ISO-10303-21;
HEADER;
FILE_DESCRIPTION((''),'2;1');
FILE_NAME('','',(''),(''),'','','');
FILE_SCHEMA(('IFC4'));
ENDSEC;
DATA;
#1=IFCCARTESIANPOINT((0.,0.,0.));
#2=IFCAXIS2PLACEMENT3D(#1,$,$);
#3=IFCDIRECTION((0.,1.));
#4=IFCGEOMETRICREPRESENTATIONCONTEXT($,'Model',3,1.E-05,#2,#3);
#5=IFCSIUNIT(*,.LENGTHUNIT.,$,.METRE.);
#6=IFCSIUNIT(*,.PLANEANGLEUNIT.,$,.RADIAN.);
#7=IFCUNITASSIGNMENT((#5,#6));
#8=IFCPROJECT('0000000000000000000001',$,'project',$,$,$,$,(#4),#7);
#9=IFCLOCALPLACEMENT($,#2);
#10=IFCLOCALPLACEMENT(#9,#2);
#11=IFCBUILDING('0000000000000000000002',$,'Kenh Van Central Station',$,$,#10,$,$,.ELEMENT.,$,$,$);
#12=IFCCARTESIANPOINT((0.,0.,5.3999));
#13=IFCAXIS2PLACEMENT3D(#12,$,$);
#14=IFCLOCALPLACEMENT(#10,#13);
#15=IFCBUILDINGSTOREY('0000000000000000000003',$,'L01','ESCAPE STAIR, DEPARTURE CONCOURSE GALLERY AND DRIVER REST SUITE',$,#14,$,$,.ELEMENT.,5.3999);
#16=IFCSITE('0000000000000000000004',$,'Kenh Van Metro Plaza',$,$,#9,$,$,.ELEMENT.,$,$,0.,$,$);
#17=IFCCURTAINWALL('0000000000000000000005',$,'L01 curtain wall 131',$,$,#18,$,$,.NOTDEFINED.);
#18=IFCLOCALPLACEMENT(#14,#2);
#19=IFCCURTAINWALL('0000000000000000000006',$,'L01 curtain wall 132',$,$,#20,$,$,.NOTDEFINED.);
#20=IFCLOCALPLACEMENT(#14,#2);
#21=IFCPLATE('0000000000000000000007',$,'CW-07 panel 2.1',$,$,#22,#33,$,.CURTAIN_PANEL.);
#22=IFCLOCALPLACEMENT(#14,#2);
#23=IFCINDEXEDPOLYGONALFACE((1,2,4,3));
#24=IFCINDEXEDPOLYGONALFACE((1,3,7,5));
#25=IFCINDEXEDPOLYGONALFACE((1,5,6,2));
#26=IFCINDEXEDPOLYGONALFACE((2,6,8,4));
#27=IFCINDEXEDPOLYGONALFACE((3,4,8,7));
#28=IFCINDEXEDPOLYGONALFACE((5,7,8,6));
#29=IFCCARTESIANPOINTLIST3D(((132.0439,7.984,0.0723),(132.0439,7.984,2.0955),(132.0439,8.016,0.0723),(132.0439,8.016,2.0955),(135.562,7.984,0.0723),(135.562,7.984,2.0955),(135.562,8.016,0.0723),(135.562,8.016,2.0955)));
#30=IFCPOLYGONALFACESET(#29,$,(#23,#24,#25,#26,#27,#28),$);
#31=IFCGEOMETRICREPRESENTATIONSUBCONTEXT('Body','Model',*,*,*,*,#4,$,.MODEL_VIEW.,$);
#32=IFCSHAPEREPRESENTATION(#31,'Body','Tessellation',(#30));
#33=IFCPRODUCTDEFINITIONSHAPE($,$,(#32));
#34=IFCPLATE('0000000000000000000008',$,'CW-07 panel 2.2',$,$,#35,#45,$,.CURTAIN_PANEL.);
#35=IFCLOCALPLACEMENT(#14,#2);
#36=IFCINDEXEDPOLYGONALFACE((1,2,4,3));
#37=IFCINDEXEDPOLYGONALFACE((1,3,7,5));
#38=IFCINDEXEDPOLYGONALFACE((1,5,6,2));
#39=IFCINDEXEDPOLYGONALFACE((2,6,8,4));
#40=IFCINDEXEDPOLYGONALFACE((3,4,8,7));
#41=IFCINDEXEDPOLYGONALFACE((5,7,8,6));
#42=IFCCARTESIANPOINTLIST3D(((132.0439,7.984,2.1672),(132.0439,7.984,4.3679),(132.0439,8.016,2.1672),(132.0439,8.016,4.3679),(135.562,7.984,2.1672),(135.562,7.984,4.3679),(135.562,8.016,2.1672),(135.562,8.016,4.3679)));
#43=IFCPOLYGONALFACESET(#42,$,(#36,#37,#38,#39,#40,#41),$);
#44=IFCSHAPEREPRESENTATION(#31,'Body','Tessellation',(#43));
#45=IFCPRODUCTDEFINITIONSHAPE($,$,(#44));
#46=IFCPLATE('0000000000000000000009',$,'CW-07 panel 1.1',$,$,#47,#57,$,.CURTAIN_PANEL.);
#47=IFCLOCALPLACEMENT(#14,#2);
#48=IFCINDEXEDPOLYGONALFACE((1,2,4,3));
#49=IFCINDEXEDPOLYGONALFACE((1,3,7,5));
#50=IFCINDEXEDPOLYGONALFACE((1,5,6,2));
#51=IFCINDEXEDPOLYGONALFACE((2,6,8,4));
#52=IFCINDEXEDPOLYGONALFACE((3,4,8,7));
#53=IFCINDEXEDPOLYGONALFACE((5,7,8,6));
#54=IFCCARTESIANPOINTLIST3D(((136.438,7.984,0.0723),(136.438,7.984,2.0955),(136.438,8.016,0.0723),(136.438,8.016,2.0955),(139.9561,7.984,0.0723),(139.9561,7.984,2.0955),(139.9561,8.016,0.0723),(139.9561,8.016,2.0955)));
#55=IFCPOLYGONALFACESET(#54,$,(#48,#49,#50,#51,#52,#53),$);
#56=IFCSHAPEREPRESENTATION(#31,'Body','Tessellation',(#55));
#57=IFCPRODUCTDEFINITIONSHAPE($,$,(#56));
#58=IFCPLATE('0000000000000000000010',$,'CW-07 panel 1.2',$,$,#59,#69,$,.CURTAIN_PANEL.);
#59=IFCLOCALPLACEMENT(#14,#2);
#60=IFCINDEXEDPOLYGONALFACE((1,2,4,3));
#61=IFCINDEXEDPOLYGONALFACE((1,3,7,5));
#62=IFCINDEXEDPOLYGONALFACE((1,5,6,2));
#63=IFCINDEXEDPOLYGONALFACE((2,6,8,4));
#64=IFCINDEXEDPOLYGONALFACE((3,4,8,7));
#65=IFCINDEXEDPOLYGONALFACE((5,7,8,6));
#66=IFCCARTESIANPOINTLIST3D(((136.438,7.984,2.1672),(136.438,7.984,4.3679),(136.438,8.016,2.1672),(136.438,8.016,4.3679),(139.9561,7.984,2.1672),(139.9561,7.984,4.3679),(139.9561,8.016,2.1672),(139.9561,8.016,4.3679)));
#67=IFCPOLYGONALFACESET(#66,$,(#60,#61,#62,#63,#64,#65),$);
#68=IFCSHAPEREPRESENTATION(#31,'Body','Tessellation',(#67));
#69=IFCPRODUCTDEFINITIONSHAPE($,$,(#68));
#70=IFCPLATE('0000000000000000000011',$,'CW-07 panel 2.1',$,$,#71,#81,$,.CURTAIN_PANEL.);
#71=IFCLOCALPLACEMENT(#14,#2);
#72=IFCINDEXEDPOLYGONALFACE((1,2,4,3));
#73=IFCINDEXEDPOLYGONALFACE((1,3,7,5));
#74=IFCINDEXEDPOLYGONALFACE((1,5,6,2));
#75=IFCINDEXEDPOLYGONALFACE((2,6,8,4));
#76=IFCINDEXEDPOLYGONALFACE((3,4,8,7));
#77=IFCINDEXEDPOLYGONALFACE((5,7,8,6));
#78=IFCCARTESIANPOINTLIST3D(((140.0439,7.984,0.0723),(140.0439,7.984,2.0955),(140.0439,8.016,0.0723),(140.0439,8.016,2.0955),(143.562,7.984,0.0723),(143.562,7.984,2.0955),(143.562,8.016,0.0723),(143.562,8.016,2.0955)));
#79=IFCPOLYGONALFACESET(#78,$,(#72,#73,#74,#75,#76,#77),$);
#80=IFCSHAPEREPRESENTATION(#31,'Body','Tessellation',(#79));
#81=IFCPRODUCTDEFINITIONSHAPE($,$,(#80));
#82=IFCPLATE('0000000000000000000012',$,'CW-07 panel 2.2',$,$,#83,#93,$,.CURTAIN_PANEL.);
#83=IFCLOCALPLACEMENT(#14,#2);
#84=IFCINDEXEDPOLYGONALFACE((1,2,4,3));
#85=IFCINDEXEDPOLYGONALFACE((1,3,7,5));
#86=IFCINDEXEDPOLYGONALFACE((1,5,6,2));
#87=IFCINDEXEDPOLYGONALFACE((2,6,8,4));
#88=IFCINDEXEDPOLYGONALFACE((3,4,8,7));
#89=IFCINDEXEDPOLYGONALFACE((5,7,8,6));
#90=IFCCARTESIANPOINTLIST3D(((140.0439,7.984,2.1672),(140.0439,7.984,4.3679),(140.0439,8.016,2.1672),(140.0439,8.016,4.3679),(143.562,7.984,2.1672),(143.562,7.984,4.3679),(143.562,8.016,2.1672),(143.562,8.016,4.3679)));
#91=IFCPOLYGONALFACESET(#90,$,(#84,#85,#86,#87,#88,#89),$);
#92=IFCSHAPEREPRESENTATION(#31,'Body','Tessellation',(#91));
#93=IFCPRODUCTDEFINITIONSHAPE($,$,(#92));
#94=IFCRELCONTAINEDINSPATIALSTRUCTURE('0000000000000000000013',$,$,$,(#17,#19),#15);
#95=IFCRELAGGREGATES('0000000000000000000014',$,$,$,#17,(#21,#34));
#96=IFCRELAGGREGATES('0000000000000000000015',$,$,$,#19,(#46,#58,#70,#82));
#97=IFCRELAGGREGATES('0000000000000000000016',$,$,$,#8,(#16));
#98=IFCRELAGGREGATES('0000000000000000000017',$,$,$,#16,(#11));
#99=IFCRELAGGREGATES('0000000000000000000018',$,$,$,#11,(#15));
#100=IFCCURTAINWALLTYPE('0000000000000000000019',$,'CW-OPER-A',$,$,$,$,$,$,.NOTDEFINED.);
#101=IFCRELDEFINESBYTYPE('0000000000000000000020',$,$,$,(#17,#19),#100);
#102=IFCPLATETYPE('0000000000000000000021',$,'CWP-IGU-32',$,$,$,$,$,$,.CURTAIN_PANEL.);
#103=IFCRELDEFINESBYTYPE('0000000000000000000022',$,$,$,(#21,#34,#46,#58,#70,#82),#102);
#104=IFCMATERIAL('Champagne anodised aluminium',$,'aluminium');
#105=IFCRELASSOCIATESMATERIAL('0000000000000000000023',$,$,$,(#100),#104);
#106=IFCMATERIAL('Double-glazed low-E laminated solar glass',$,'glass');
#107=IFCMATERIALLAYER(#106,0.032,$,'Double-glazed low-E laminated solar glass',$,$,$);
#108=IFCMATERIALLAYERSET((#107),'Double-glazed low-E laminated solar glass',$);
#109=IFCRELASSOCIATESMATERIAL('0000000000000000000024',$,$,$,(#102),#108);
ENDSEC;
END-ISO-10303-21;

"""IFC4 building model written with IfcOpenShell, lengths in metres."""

from ifc_helpers import new_model, si_unit, direction, frame, origin, origin_2d, place, context, subcontext, project, spatial, rectangle, extrude, material, layer, layer_set, type_object, element, aggregate, save


model = new_model("IFC4")

# Units and contexts
model_context = context("Model", 3, precision=1e-05, world=origin(), true_north=direction((0.0, 1.0)))
body_context = subcontext(model_context, "Body", "Model", "MODEL_VIEW")
ifc_project = project(units=[si_unit("LENGTHUNIT", "METRE"), si_unit("PLANEANGLEUNIT", "RADIAN")], contexts=[model_context])

# Site, building, storey
site_placement = place(None, origin())
site = spatial("IfcSite", under=ifc_project, at=site_placement, Name="Kenh Van Metro Plaza", CompositionType="ELEMENT", RefElevation=0.0)
building_placement = place(site_placement, origin())
building = spatial("IfcBuilding", under=site, at=building_placement, Name="Kenh Van Central Station", CompositionType="ELEMENT")
storey_placement = place(building_placement, frame((0.0, 0.0, 5.3999)))
storey = spatial("IfcBuildingStorey", under=building, at=storey_placement, Name="L01", Description="ESCAPE STAIR, DEPARTURE CONCOURSE GALLERY AND DRIVER REST SUITE", CompositionType="ELEMENT", Elevation=5.3999)

# Curtain walls
ifc_material_1 = material(Name="Champagne anodised aluminium", Category="aluminium")
curtain_wall_type = type_object("IfcCurtainWallType", Name="CW-OPER-A", PredefinedType="NOTDEFINED", material=ifc_material_1)
curtain_wall_1_placement = place(storey_placement, origin())
curtain_wall_1 = element("IfcCurtainWall", 1, at=curtain_wall_1_placement, inside=storey, type_object=curtain_wall_type, Name="L01 curtain wall 131", PredefinedType="NOTDEFINED")
curtain_wall_2_placement = place(storey_placement, origin())
curtain_wall_2 = element("IfcCurtainWall", 2, at=curtain_wall_2_placement, inside=storey, type_object=curtain_wall_type, Name="L01 curtain wall 132", PredefinedType="NOTDEFINED")

# Plates
ifc_material_2 = material(Name="Double-glazed low-E laminated solar glass", Category="glass")
ifc_layer = layer(ifc_material_2, 0.032, Name="Double-glazed low-E laminated solar glass")
ifc_layer_set = layer_set([ifc_layer], Name="Double-glazed low-E laminated solar glass")
plate_type = type_object("IfcPlateType", Name="CWP-IGU-32", PredefinedType="CURTAIN_PANEL", material=ifc_layer_set)
plate_1_placement = place(storey_placement, frame((133.803, 8.0, 0.0723), z_axis=(0.0, 0.0, 1.0), x_axis=(1.0, 0.0, 0.0)))
plate_1 = element("IfcPlate", 3, at=plate_1_placement, type_object=plate_type, Name="CW-07 panel 2.1", PredefinedType="CURTAIN_PANEL", context=body_context, shape_type="SweptSolid", body=[
    extrude(rectangle(XDim=3.5181, YDim=0.032, at=origin_2d()), origin(), (0.0, 0.0, 1.0), 2.0232),
])
plate_2_placement = place(storey_placement, frame((133.803, 8.0, 2.1672), z_axis=(0.0, 0.0, 1.0), x_axis=(1.0, 0.0, 0.0)))
plate_2 = element("IfcPlate", 4, at=plate_2_placement, type_object=plate_type, Name="CW-07 panel 2.2", PredefinedType="CURTAIN_PANEL", context=body_context, shape_type="SweptSolid", body=[
    extrude(rectangle(XDim=3.5181, YDim=0.032, at=origin_2d()), origin(), (0.0, 0.0, 1.0), 2.2007),
])
aggregate(curtain_wall_1, [plate_1, plate_2])
plate_3_placement = place(storey_placement, frame((138.197, 8.0, 0.0723), z_axis=(0.0, 0.0, 1.0), x_axis=(1.0, 0.0, 0.0)))
plate_3 = element("IfcPlate", 5, at=plate_3_placement, type_object=plate_type, Name="CW-07 panel 1.1", PredefinedType="CURTAIN_PANEL", context=body_context, shape_type="SweptSolid", body=[
    extrude(rectangle(XDim=3.5181, YDim=0.032, at=origin_2d()), origin(), (0.0, 0.0, 1.0), 2.0232),
])
plate_4_placement = place(storey_placement, frame((138.197, 8.0, 2.1672), z_axis=(0.0, 0.0, 1.0), x_axis=(1.0, 0.0, 0.0)))
plate_4 = element("IfcPlate", 6, at=plate_4_placement, type_object=plate_type, Name="CW-07 panel 1.2", PredefinedType="CURTAIN_PANEL", context=body_context, shape_type="SweptSolid", body=[
    extrude(rectangle(XDim=3.5181, YDim=0.032, at=origin_2d()), origin(), (0.0, 0.0, 1.0), 2.2007),
])
plate_5_placement = place(storey_placement, frame((141.803, 8.0, 0.0723), z_axis=(0.0, 0.0, 1.0), x_axis=(1.0, 0.0, 0.0)))
plate_5 = element("IfcPlate", 7, at=plate_5_placement, type_object=plate_type, Name="CW-07 panel 2.1", PredefinedType="CURTAIN_PANEL", context=body_context, shape_type="SweptSolid", body=[
    extrude(rectangle(XDim=3.5181, YDim=0.032, at=origin_2d()), origin(), (0.0, 0.0, 1.0), 2.0232),
])
plate_6_placement = place(storey_placement, frame((141.803, 8.0, 2.1672), z_axis=(0.0, 0.0, 1.0), x_axis=(1.0, 0.0, 0.0)))
plate_6 = element("IfcPlate", 8, at=plate_6_placement, type_object=plate_type, Name="CW-07 panel 2.2", PredefinedType="CURTAIN_PANEL", context=body_context, shape_type="SweptSolid", body=[
    extrude(rectangle(XDim=3.5181, YDim=0.032, at=origin_2d()), origin(), (0.0, 0.0, 1.0), 2.2007),
])
aggregate(curtain_wall_2, [plate_3, plate_4, plate_5, plate_6])

save(model, "model.ifc")
